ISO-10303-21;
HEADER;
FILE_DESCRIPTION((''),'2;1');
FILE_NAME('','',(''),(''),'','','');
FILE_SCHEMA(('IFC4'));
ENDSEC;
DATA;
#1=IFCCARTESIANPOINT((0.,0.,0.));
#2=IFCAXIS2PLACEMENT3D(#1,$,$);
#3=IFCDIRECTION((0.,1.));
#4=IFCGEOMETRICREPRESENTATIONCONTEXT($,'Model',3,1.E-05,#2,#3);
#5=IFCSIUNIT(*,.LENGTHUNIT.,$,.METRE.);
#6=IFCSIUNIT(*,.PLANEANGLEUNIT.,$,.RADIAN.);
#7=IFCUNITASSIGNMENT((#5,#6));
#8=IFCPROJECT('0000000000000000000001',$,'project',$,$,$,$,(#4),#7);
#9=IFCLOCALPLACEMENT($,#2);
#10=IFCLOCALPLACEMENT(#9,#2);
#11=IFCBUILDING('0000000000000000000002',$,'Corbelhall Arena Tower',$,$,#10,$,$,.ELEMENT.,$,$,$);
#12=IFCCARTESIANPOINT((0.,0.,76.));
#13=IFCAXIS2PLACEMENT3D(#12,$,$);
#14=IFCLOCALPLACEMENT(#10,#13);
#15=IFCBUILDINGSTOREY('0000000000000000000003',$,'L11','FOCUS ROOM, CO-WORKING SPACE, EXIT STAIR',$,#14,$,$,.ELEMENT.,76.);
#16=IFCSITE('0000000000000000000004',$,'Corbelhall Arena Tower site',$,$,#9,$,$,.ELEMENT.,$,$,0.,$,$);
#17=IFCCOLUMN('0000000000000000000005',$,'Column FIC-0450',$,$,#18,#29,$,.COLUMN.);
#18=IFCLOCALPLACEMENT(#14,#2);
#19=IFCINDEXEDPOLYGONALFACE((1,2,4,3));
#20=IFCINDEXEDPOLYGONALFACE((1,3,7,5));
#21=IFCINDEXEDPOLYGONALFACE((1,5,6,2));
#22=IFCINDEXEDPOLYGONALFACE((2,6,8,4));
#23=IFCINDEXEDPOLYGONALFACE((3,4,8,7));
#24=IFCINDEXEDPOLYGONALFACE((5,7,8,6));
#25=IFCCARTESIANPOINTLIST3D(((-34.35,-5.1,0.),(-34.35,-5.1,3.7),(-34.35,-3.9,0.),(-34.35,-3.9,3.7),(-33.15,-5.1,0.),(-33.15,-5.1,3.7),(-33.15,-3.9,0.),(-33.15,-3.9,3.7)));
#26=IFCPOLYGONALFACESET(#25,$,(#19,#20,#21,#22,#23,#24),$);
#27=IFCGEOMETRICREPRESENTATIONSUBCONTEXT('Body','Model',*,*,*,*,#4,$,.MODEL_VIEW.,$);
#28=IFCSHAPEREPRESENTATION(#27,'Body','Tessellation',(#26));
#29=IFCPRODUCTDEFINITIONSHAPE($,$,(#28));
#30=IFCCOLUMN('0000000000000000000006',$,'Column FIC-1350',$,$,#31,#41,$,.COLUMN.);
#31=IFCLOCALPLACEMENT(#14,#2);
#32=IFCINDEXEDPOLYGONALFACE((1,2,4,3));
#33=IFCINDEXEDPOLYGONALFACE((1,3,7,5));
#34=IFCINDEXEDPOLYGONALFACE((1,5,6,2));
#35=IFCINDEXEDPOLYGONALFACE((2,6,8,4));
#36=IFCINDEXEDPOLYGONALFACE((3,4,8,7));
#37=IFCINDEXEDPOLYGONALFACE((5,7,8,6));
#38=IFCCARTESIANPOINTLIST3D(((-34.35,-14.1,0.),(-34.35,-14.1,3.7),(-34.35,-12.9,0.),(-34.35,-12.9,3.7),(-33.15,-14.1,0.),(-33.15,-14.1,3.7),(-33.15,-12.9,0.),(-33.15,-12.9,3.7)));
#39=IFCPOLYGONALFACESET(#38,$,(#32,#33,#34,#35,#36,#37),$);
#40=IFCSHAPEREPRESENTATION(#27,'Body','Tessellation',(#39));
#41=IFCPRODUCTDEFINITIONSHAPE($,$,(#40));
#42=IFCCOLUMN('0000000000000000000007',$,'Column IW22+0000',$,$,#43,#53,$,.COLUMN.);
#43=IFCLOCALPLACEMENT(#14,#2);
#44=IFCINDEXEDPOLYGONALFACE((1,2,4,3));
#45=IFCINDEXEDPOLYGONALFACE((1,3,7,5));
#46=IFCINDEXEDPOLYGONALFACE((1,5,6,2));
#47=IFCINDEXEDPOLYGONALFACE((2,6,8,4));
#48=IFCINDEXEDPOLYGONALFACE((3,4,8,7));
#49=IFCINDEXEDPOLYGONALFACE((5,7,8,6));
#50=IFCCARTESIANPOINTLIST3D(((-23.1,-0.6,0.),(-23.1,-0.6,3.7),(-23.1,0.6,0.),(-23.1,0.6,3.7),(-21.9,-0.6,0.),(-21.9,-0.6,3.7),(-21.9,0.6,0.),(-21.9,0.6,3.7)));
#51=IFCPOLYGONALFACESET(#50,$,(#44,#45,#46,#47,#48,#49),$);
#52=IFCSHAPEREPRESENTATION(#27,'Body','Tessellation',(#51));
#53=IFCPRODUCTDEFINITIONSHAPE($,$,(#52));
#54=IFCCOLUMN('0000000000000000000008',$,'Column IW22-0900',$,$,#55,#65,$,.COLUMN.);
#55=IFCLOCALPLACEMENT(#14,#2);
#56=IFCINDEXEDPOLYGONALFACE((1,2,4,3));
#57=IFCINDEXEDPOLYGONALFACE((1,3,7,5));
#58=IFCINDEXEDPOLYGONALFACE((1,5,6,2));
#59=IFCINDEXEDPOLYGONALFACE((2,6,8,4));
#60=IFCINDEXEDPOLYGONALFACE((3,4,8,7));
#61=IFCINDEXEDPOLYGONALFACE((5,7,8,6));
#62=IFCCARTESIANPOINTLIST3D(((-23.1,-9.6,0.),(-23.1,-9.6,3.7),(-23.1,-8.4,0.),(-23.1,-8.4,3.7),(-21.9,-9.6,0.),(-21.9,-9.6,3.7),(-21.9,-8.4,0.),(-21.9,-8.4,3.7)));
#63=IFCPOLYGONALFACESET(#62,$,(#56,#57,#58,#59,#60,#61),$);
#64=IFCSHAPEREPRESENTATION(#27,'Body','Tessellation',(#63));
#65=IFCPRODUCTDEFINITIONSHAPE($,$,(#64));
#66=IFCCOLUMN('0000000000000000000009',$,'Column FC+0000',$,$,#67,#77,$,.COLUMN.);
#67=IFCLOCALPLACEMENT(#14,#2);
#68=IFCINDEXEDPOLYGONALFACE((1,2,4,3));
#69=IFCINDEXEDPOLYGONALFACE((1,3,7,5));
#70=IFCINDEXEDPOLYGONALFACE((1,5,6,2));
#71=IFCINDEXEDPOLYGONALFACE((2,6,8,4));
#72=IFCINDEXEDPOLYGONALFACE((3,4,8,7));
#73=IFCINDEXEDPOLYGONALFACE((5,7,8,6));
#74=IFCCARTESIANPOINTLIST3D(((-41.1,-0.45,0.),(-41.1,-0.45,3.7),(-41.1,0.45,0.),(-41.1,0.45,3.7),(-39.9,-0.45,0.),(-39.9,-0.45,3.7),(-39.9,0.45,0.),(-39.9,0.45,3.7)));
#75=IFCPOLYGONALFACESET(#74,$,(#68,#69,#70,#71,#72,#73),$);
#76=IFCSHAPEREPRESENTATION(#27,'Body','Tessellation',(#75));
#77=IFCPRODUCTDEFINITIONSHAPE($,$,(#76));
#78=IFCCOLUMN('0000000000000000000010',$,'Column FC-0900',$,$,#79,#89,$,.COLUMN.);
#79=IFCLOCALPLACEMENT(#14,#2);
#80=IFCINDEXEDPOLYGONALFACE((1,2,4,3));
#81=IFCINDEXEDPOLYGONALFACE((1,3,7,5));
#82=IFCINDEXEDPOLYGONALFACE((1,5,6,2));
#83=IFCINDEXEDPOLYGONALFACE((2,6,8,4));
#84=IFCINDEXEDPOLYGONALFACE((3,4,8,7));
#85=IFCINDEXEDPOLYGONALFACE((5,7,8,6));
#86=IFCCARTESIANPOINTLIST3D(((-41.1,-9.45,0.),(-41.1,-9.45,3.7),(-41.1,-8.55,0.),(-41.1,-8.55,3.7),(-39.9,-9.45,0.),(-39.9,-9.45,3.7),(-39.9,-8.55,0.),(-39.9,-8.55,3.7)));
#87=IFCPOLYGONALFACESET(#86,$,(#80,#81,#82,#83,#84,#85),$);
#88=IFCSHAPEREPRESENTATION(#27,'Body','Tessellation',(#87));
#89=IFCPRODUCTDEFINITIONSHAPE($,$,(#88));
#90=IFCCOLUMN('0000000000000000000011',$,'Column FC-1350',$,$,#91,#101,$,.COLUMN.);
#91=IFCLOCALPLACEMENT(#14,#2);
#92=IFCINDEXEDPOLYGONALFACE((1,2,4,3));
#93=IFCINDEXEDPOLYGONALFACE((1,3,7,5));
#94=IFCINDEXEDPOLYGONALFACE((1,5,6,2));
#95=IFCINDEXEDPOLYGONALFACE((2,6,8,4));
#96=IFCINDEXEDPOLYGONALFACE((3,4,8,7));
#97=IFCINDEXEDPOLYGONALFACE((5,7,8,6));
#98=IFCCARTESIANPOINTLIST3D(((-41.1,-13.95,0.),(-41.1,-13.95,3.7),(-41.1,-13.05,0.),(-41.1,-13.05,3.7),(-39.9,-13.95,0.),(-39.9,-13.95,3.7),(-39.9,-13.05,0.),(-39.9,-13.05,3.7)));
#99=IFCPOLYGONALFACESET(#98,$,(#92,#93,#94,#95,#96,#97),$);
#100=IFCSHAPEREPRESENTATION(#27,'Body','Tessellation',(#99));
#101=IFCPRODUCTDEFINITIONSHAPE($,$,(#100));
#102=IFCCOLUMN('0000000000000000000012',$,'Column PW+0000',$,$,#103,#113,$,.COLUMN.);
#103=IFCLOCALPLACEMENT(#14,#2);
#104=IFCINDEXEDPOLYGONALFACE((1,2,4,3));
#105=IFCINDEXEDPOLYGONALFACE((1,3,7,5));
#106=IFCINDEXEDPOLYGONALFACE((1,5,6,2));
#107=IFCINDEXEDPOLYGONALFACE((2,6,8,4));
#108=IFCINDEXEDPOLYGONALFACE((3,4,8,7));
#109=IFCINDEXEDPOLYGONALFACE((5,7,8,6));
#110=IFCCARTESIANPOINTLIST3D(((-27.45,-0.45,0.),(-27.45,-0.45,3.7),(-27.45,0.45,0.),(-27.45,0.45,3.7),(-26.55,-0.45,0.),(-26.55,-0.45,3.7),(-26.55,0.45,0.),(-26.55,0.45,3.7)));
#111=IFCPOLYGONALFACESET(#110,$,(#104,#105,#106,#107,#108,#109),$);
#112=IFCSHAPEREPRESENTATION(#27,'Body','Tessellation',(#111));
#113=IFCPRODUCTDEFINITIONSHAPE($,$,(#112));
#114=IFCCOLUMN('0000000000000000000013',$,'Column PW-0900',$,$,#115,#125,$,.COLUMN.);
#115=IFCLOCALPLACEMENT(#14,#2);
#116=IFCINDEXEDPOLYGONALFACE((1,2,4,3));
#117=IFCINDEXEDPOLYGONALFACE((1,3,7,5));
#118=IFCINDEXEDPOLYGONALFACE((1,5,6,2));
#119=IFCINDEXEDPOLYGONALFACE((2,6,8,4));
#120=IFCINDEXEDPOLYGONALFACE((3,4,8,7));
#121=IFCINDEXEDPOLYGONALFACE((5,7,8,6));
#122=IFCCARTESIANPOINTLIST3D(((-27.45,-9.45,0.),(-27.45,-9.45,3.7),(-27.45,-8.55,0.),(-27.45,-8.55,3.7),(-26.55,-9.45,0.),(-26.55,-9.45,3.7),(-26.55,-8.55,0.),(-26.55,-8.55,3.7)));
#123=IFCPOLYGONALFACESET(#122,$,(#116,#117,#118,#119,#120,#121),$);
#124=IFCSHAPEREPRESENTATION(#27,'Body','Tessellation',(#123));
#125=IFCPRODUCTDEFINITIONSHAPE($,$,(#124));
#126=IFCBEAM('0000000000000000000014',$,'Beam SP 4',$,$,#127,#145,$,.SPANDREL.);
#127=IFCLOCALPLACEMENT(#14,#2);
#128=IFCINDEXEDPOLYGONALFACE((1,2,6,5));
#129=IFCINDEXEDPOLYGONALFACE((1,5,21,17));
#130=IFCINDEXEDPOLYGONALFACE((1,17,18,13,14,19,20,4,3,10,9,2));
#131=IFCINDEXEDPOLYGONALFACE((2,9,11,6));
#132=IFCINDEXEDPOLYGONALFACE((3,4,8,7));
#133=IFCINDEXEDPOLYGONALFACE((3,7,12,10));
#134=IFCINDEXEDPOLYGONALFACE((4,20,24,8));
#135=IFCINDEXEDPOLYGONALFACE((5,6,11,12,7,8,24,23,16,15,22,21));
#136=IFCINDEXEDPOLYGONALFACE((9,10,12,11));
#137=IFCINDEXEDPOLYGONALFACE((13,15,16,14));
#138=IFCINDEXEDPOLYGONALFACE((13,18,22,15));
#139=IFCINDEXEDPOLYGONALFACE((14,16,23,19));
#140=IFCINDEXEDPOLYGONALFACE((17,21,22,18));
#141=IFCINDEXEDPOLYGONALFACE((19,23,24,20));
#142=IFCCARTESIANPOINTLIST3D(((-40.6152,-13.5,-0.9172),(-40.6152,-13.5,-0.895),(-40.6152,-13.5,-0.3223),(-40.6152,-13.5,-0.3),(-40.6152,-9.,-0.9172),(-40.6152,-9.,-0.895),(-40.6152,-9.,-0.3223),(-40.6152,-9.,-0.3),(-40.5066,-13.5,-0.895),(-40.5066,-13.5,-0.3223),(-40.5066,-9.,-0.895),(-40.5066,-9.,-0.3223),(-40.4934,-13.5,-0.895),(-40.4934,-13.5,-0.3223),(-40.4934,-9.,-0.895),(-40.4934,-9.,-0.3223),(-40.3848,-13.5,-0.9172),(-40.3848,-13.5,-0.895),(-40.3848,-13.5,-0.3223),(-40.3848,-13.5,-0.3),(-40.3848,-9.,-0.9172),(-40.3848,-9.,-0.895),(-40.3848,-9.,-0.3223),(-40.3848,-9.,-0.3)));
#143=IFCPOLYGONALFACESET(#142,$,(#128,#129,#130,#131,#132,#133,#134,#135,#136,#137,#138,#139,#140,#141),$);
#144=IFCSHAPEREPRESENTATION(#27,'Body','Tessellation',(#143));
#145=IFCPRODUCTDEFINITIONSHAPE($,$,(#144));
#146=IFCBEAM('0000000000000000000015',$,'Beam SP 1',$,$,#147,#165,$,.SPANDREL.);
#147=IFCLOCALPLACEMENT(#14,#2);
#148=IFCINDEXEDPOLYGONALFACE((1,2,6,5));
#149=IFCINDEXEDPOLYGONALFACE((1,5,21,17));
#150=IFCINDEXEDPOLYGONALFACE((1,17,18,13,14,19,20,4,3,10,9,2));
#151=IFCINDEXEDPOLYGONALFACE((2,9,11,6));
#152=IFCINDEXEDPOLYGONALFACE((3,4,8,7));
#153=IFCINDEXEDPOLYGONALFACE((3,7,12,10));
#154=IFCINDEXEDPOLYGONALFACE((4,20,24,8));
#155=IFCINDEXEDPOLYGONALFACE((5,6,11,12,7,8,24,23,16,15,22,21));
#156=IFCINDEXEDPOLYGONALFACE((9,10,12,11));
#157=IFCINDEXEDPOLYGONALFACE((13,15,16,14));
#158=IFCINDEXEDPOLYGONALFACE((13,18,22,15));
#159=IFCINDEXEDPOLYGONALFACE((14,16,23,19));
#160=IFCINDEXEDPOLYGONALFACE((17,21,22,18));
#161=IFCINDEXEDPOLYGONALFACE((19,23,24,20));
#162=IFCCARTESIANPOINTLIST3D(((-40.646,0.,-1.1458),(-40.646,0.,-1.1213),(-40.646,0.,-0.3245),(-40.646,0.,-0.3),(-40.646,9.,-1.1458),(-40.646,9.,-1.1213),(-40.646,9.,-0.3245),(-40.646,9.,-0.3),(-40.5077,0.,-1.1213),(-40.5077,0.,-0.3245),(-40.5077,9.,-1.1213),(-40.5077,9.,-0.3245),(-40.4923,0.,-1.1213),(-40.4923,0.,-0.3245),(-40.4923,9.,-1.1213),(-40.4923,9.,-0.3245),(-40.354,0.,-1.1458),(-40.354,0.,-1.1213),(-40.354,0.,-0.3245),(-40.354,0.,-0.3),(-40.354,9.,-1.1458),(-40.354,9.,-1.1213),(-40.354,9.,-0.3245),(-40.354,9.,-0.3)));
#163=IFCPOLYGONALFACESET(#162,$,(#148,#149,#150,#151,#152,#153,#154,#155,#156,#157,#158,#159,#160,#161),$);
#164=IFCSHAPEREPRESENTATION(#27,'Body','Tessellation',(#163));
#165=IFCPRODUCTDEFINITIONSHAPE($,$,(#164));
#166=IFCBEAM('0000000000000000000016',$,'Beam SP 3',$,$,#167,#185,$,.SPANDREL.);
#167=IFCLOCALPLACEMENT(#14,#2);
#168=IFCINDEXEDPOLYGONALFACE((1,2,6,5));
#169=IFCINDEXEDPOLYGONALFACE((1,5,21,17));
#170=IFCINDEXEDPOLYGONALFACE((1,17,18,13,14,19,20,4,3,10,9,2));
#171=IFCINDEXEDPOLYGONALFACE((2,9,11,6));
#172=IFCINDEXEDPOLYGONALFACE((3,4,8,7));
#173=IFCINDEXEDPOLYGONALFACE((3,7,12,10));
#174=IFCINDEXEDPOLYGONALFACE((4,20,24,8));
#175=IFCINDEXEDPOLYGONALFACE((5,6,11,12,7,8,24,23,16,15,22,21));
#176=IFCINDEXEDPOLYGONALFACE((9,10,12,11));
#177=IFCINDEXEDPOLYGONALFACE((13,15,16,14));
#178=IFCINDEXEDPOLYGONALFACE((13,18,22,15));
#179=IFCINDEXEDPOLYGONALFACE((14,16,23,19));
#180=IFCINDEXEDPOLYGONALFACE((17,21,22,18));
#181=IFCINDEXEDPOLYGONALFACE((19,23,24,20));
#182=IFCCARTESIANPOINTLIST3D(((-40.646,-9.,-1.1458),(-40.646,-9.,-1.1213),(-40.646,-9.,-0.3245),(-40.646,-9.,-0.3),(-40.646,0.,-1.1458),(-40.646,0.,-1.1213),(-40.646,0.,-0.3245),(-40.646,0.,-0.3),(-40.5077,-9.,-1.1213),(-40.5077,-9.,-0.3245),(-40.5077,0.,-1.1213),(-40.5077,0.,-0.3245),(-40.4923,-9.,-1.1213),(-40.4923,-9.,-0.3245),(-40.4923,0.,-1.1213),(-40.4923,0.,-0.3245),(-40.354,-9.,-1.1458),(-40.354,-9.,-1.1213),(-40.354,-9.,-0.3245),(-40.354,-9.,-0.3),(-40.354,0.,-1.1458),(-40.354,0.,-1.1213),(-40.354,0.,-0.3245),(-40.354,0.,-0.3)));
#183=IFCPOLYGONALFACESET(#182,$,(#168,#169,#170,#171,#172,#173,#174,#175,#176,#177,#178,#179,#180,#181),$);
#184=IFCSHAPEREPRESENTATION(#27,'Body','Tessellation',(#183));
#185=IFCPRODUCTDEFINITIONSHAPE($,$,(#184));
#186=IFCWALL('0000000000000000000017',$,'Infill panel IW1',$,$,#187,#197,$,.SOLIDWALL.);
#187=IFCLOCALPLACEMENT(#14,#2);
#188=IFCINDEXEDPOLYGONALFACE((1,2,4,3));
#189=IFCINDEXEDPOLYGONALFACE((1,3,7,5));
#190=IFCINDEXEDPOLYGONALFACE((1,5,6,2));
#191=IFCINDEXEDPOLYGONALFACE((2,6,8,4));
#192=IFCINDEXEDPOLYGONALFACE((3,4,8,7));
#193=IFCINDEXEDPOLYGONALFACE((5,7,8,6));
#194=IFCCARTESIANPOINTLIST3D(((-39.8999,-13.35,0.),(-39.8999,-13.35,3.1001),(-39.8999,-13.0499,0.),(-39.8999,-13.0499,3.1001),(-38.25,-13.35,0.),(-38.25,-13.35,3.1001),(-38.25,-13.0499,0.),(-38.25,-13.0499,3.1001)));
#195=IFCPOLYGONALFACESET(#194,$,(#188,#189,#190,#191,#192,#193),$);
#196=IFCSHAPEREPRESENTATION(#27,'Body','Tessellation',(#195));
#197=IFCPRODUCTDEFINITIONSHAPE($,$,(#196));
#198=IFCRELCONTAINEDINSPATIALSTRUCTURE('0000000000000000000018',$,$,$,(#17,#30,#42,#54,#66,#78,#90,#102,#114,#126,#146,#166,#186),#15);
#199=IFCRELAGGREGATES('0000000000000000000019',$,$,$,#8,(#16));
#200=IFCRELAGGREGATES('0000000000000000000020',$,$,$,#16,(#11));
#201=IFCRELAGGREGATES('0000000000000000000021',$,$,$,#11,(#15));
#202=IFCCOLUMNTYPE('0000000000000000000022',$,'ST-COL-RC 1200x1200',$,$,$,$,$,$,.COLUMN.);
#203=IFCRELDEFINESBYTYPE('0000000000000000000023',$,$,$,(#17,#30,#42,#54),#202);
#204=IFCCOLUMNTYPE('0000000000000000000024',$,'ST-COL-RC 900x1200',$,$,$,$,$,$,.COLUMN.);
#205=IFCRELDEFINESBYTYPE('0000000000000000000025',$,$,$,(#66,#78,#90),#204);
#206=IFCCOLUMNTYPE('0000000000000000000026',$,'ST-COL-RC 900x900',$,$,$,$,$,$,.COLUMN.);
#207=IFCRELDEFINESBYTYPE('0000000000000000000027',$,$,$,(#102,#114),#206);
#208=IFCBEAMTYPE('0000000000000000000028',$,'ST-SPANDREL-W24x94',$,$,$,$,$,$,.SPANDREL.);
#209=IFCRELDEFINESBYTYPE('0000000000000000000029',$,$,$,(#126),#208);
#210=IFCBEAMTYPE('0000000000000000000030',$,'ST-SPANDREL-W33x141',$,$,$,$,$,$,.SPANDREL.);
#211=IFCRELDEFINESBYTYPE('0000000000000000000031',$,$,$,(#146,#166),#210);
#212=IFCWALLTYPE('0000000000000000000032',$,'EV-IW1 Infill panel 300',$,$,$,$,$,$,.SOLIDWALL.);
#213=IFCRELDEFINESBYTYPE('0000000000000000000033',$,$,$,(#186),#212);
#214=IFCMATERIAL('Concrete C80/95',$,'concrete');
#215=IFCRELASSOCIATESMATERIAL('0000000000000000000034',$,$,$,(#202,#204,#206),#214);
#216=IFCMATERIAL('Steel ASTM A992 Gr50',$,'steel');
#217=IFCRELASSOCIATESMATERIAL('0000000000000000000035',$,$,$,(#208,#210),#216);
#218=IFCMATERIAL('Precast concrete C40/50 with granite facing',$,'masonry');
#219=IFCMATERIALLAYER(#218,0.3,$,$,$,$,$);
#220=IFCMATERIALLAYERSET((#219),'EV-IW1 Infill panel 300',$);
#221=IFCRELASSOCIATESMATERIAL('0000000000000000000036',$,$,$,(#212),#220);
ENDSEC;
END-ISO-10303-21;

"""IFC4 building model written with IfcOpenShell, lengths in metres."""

from ifc_helpers import new_model, si_unit, direction, frame, frame_2d, origin, origin_2d, place, context, subcontext, project, spatial, rectangle, i_section, extrude, material, layer, layer_set, material_profile, profile_set, type_object, element, save


model = new_model("IFC4")

# Units and contexts
model_context = context("Model", 3, precision=1e-05, world=origin(), true_north=direction((0.0, 1.0)))
body_context = subcontext(model_context, "Body", "Model", "MODEL_VIEW")
ifc_project = project(units=[si_unit("LENGTHUNIT", "METRE"), si_unit("PLANEANGLEUNIT", "RADIAN")], contexts=[model_context])

# Site, building, storey
site_placement = place(None, origin())
site = spatial("IfcSite", under=ifc_project, at=site_placement, Name="Corbelhall Arena Tower site", CompositionType="ELEMENT", RefElevation=0.0)
building_placement = place(site_placement, origin())
building = spatial("IfcBuilding", under=site, at=building_placement, Name="Corbelhall Arena Tower", CompositionType="ELEMENT")
storey_placement = place(building_placement, frame((0.0, 0.0, 76.0)))
storey = spatial("IfcBuildingStorey", under=building, at=storey_placement, Name="L11", Description="FOCUS ROOM, CO-WORKING SPACE, EXIT STAIR", CompositionType="ELEMENT", Elevation=76.0)

# Columns
ifc_material_1 = material(Name="Concrete C80/95", Category="concrete")
ifc_material_profile_1 = material_profile(ifc_material_1, rectangle(XDim=1.2, YDim=1.2, at=origin_2d()))
ifc_profile_set_1 = profile_set([ifc_material_profile_1], Name="Concrete C80/95")
column_type_1 = type_object("IfcColumnType", Name="ST-COL-RC 1200x1200", PredefinedType="COLUMN", material=ifc_profile_set_1)
for number, where, z_axis, x_axis, name in (
    (1, (-33.75, -4.5, 0.0), (0.0, 0.0, 1.0), (1.0, 0.0, 0.0), "Column FIC-0450"),
    (2, (-33.75, -13.5, 0.0), (0.0, 0.0, 1.0), (1.0, 0.0, 0.0), "Column FIC-1350"),
    (3, (-22.5, 0.0, 0.0), (0.0, 0.0, 1.0), (1.0, 0.0, 0.0), "Column IW22+0000"),
    (4, (-22.5, -9.0, 0.0), (0.0, 0.0, 1.0), (1.0, 0.0, 0.0), "Column IW22-0900"),
):
    element("IfcColumn", number, at=place(storey_placement, frame(where, z_axis=z_axis, x_axis=x_axis)), inside=storey, type_object=column_type_1, Name=name, PredefinedType="COLUMN", context=body_context, shape_type="SweptSolid", body=[
        extrude(rectangle(XDim=1.2, YDim=1.2, at=origin_2d()), origin(), (0.0, 0.0, 1.0), 3.7),
    ])
ifc_material_profile_2 = material_profile(ifc_material_1, rectangle(XDim=0.8999, YDim=1.2, at=origin_2d()))
ifc_profile_set_2 = profile_set([ifc_material_profile_2], Name="Concrete C80/95")
column_type_2 = type_object("IfcColumnType", Name="ST-COL-RC 900x1200", PredefinedType="COLUMN", material=ifc_profile_set_2)
for number, where, z_axis, x_axis, name in (
    (5, (-40.5, 0.0, 0.0), (0.0, 0.0, 1.0), (0.0, 1.0, 0.0), "Column FC+0000"),
    (6, (-40.5, -9.0, 0.0), (0.0, 0.0, 1.0), (0.0, 1.0, 0.0), "Column FC-0900"),
    (7, (-40.5, -13.5, 0.0), (0.0, 0.0, 1.0), (0.0, 1.0, 0.0), "Column FC-1350"),
):
    element("IfcColumn", number, at=place(storey_placement, frame(where, z_axis=z_axis, x_axis=x_axis)), inside=storey, type_object=column_type_2, Name=name, PredefinedType="COLUMN", context=body_context, shape_type="SweptSolid", body=[
        extrude(rectangle(XDim=0.8999, YDim=1.2, at=origin_2d()), origin(), (0.0, 0.0, 1.0), 3.7),
    ])
ifc_material_profile_3 = material_profile(ifc_material_1, rectangle(XDim=0.8999, YDim=0.8999, at=origin_2d()))
ifc_profile_set_3 = profile_set([ifc_material_profile_3], Name="Concrete C80/95")
column_type_3 = type_object("IfcColumnType", Name="ST-COL-RC 900x900", PredefinedType="COLUMN", material=ifc_profile_set_3)
for number, where, z_axis, x_axis, name in (
    (8, (-27.0, 0.0, 0.0), (0.0, 0.0, 1.0), (1.0, 0.0, 0.0), "Column PW+0000"),
    (9, (-27.0, -9.0, 0.0), (0.0, 0.0, 1.0), (1.0, 0.0, 0.0), "Column PW-0900"),
):
    element("IfcColumn", number, at=place(storey_placement, frame(where, z_axis=z_axis, x_axis=x_axis)), inside=storey, type_object=column_type_3, Name=name, PredefinedType="COLUMN", context=body_context, shape_type="SweptSolid", body=[
        extrude(rectangle(XDim=0.8999, YDim=0.8999, at=origin_2d()), origin(), (0.0, 0.0, 1.0), 3.7),
    ])

# Beams
ifc_material_2 = material(Name="Steel ASTM A992 Gr50", Category="steel")
ifc_material_profile_4 = material_profile(ifc_material_2, i_section(OverallWidth=0.2305, OverallDepth=0.6172, WebThickness=0.0132, FlangeThickness=0.0222, at=origin_2d()))
ifc_profile_set_4 = profile_set([ifc_material_profile_4], Name="Steel ASTM A992 Gr50")
beam_type_1 = type_object("IfcBeamType", Name="ST-SPANDREL-W24x94", PredefinedType="SPANDREL", material=ifc_profile_set_4)
beam_placement = place(storey_placement, frame((-40.5, -13.5, -0.6086), z_axis=(0.0, 1.0, 0.0), x_axis=(-1.0, 0.0, 0.0)))
element("IfcBeam", 10, at=beam_placement, inside=storey, type_object=beam_type_1, Name="Beam SP 4", PredefinedType="SPANDREL", context=body_context, shape_type="SweptSolid", body=[
    extrude(i_section(OverallWidth=0.2305, OverallDepth=0.6172, WebThickness=0.0132, FlangeThickness=0.0222, at=origin_2d()), origin(), (0.0, 0.0, 1.0), 4.5),
])
ifc_material_profile_5 = material_profile(ifc_material_2, i_section(OverallWidth=0.292, OverallDepth=0.8457, WebThickness=0.0154, FlangeThickness=0.0244, at=origin_2d()))
ifc_profile_set_5 = profile_set([ifc_material_profile_5], Name="Steel ASTM A992 Gr50")
beam_type_2 = type_object("IfcBeamType", Name="ST-SPANDREL-W33x141", PredefinedType="SPANDREL", material=ifc_profile_set_5)
for number, where, z_axis, x_axis, name in (
    (11, (-40.5, 0.0, -0.7229), (0.0, 1.0, 0.0), (-1.0, 0.0, 0.0), "Beam SP 1"),
    (12, (-40.5, -9.0, -0.7229), (0.0, 1.0, 0.0), (-1.0, 0.0, 0.0), "Beam SP 3"),
):
    element("IfcBeam", number, at=place(storey_placement, frame(where, z_axis=z_axis, x_axis=x_axis)), inside=storey, type_object=beam_type_2, Name=name, PredefinedType="SPANDREL", context=body_context, shape_type="SweptSolid", body=[
        extrude(i_section(OverallWidth=0.292, OverallDepth=0.8457, WebThickness=0.0154, FlangeThickness=0.0244, at=origin_2d()), origin(), (0.0, 0.0, 1.0), 9.0),
    ])

# Wall
ifc_material_3 = material(Name="Precast concrete C40/50 with granite facing", Category="masonry")
ifc_layer_1 = layer(ifc_material_3, 0.3)
ifc_layer_set_1 = layer_set([ifc_layer_1], Name="EV-IW1 Infill panel 300")
wall_type_1 = type_object("IfcWallType", Name="EV-IW1 Infill panel 300", PredefinedType="SOLIDWALL", material=ifc_layer_set_1)
wall_1_placement = place(storey_placement, frame((-39.8999, -13.2, 0.0), z_axis=(0.0, 0.0, 1.0), x_axis=(1.0, 0.0, 0.0)))
element("IfcWall", 13, at=wall_1_placement, inside=storey, type_object=wall_type_1, Name="Infill panel IW1", PredefinedType="SOLIDWALL", context=body_context, shape_type="SweptSolid", body=[
    extrude(rectangle(XDim=1.6499, YDim=0.3, at=frame_2d((0.825, 0.0))), origin(), (0.0, 0.0, 1.0), 3.1001),
])

save(model, "model.ifc")
